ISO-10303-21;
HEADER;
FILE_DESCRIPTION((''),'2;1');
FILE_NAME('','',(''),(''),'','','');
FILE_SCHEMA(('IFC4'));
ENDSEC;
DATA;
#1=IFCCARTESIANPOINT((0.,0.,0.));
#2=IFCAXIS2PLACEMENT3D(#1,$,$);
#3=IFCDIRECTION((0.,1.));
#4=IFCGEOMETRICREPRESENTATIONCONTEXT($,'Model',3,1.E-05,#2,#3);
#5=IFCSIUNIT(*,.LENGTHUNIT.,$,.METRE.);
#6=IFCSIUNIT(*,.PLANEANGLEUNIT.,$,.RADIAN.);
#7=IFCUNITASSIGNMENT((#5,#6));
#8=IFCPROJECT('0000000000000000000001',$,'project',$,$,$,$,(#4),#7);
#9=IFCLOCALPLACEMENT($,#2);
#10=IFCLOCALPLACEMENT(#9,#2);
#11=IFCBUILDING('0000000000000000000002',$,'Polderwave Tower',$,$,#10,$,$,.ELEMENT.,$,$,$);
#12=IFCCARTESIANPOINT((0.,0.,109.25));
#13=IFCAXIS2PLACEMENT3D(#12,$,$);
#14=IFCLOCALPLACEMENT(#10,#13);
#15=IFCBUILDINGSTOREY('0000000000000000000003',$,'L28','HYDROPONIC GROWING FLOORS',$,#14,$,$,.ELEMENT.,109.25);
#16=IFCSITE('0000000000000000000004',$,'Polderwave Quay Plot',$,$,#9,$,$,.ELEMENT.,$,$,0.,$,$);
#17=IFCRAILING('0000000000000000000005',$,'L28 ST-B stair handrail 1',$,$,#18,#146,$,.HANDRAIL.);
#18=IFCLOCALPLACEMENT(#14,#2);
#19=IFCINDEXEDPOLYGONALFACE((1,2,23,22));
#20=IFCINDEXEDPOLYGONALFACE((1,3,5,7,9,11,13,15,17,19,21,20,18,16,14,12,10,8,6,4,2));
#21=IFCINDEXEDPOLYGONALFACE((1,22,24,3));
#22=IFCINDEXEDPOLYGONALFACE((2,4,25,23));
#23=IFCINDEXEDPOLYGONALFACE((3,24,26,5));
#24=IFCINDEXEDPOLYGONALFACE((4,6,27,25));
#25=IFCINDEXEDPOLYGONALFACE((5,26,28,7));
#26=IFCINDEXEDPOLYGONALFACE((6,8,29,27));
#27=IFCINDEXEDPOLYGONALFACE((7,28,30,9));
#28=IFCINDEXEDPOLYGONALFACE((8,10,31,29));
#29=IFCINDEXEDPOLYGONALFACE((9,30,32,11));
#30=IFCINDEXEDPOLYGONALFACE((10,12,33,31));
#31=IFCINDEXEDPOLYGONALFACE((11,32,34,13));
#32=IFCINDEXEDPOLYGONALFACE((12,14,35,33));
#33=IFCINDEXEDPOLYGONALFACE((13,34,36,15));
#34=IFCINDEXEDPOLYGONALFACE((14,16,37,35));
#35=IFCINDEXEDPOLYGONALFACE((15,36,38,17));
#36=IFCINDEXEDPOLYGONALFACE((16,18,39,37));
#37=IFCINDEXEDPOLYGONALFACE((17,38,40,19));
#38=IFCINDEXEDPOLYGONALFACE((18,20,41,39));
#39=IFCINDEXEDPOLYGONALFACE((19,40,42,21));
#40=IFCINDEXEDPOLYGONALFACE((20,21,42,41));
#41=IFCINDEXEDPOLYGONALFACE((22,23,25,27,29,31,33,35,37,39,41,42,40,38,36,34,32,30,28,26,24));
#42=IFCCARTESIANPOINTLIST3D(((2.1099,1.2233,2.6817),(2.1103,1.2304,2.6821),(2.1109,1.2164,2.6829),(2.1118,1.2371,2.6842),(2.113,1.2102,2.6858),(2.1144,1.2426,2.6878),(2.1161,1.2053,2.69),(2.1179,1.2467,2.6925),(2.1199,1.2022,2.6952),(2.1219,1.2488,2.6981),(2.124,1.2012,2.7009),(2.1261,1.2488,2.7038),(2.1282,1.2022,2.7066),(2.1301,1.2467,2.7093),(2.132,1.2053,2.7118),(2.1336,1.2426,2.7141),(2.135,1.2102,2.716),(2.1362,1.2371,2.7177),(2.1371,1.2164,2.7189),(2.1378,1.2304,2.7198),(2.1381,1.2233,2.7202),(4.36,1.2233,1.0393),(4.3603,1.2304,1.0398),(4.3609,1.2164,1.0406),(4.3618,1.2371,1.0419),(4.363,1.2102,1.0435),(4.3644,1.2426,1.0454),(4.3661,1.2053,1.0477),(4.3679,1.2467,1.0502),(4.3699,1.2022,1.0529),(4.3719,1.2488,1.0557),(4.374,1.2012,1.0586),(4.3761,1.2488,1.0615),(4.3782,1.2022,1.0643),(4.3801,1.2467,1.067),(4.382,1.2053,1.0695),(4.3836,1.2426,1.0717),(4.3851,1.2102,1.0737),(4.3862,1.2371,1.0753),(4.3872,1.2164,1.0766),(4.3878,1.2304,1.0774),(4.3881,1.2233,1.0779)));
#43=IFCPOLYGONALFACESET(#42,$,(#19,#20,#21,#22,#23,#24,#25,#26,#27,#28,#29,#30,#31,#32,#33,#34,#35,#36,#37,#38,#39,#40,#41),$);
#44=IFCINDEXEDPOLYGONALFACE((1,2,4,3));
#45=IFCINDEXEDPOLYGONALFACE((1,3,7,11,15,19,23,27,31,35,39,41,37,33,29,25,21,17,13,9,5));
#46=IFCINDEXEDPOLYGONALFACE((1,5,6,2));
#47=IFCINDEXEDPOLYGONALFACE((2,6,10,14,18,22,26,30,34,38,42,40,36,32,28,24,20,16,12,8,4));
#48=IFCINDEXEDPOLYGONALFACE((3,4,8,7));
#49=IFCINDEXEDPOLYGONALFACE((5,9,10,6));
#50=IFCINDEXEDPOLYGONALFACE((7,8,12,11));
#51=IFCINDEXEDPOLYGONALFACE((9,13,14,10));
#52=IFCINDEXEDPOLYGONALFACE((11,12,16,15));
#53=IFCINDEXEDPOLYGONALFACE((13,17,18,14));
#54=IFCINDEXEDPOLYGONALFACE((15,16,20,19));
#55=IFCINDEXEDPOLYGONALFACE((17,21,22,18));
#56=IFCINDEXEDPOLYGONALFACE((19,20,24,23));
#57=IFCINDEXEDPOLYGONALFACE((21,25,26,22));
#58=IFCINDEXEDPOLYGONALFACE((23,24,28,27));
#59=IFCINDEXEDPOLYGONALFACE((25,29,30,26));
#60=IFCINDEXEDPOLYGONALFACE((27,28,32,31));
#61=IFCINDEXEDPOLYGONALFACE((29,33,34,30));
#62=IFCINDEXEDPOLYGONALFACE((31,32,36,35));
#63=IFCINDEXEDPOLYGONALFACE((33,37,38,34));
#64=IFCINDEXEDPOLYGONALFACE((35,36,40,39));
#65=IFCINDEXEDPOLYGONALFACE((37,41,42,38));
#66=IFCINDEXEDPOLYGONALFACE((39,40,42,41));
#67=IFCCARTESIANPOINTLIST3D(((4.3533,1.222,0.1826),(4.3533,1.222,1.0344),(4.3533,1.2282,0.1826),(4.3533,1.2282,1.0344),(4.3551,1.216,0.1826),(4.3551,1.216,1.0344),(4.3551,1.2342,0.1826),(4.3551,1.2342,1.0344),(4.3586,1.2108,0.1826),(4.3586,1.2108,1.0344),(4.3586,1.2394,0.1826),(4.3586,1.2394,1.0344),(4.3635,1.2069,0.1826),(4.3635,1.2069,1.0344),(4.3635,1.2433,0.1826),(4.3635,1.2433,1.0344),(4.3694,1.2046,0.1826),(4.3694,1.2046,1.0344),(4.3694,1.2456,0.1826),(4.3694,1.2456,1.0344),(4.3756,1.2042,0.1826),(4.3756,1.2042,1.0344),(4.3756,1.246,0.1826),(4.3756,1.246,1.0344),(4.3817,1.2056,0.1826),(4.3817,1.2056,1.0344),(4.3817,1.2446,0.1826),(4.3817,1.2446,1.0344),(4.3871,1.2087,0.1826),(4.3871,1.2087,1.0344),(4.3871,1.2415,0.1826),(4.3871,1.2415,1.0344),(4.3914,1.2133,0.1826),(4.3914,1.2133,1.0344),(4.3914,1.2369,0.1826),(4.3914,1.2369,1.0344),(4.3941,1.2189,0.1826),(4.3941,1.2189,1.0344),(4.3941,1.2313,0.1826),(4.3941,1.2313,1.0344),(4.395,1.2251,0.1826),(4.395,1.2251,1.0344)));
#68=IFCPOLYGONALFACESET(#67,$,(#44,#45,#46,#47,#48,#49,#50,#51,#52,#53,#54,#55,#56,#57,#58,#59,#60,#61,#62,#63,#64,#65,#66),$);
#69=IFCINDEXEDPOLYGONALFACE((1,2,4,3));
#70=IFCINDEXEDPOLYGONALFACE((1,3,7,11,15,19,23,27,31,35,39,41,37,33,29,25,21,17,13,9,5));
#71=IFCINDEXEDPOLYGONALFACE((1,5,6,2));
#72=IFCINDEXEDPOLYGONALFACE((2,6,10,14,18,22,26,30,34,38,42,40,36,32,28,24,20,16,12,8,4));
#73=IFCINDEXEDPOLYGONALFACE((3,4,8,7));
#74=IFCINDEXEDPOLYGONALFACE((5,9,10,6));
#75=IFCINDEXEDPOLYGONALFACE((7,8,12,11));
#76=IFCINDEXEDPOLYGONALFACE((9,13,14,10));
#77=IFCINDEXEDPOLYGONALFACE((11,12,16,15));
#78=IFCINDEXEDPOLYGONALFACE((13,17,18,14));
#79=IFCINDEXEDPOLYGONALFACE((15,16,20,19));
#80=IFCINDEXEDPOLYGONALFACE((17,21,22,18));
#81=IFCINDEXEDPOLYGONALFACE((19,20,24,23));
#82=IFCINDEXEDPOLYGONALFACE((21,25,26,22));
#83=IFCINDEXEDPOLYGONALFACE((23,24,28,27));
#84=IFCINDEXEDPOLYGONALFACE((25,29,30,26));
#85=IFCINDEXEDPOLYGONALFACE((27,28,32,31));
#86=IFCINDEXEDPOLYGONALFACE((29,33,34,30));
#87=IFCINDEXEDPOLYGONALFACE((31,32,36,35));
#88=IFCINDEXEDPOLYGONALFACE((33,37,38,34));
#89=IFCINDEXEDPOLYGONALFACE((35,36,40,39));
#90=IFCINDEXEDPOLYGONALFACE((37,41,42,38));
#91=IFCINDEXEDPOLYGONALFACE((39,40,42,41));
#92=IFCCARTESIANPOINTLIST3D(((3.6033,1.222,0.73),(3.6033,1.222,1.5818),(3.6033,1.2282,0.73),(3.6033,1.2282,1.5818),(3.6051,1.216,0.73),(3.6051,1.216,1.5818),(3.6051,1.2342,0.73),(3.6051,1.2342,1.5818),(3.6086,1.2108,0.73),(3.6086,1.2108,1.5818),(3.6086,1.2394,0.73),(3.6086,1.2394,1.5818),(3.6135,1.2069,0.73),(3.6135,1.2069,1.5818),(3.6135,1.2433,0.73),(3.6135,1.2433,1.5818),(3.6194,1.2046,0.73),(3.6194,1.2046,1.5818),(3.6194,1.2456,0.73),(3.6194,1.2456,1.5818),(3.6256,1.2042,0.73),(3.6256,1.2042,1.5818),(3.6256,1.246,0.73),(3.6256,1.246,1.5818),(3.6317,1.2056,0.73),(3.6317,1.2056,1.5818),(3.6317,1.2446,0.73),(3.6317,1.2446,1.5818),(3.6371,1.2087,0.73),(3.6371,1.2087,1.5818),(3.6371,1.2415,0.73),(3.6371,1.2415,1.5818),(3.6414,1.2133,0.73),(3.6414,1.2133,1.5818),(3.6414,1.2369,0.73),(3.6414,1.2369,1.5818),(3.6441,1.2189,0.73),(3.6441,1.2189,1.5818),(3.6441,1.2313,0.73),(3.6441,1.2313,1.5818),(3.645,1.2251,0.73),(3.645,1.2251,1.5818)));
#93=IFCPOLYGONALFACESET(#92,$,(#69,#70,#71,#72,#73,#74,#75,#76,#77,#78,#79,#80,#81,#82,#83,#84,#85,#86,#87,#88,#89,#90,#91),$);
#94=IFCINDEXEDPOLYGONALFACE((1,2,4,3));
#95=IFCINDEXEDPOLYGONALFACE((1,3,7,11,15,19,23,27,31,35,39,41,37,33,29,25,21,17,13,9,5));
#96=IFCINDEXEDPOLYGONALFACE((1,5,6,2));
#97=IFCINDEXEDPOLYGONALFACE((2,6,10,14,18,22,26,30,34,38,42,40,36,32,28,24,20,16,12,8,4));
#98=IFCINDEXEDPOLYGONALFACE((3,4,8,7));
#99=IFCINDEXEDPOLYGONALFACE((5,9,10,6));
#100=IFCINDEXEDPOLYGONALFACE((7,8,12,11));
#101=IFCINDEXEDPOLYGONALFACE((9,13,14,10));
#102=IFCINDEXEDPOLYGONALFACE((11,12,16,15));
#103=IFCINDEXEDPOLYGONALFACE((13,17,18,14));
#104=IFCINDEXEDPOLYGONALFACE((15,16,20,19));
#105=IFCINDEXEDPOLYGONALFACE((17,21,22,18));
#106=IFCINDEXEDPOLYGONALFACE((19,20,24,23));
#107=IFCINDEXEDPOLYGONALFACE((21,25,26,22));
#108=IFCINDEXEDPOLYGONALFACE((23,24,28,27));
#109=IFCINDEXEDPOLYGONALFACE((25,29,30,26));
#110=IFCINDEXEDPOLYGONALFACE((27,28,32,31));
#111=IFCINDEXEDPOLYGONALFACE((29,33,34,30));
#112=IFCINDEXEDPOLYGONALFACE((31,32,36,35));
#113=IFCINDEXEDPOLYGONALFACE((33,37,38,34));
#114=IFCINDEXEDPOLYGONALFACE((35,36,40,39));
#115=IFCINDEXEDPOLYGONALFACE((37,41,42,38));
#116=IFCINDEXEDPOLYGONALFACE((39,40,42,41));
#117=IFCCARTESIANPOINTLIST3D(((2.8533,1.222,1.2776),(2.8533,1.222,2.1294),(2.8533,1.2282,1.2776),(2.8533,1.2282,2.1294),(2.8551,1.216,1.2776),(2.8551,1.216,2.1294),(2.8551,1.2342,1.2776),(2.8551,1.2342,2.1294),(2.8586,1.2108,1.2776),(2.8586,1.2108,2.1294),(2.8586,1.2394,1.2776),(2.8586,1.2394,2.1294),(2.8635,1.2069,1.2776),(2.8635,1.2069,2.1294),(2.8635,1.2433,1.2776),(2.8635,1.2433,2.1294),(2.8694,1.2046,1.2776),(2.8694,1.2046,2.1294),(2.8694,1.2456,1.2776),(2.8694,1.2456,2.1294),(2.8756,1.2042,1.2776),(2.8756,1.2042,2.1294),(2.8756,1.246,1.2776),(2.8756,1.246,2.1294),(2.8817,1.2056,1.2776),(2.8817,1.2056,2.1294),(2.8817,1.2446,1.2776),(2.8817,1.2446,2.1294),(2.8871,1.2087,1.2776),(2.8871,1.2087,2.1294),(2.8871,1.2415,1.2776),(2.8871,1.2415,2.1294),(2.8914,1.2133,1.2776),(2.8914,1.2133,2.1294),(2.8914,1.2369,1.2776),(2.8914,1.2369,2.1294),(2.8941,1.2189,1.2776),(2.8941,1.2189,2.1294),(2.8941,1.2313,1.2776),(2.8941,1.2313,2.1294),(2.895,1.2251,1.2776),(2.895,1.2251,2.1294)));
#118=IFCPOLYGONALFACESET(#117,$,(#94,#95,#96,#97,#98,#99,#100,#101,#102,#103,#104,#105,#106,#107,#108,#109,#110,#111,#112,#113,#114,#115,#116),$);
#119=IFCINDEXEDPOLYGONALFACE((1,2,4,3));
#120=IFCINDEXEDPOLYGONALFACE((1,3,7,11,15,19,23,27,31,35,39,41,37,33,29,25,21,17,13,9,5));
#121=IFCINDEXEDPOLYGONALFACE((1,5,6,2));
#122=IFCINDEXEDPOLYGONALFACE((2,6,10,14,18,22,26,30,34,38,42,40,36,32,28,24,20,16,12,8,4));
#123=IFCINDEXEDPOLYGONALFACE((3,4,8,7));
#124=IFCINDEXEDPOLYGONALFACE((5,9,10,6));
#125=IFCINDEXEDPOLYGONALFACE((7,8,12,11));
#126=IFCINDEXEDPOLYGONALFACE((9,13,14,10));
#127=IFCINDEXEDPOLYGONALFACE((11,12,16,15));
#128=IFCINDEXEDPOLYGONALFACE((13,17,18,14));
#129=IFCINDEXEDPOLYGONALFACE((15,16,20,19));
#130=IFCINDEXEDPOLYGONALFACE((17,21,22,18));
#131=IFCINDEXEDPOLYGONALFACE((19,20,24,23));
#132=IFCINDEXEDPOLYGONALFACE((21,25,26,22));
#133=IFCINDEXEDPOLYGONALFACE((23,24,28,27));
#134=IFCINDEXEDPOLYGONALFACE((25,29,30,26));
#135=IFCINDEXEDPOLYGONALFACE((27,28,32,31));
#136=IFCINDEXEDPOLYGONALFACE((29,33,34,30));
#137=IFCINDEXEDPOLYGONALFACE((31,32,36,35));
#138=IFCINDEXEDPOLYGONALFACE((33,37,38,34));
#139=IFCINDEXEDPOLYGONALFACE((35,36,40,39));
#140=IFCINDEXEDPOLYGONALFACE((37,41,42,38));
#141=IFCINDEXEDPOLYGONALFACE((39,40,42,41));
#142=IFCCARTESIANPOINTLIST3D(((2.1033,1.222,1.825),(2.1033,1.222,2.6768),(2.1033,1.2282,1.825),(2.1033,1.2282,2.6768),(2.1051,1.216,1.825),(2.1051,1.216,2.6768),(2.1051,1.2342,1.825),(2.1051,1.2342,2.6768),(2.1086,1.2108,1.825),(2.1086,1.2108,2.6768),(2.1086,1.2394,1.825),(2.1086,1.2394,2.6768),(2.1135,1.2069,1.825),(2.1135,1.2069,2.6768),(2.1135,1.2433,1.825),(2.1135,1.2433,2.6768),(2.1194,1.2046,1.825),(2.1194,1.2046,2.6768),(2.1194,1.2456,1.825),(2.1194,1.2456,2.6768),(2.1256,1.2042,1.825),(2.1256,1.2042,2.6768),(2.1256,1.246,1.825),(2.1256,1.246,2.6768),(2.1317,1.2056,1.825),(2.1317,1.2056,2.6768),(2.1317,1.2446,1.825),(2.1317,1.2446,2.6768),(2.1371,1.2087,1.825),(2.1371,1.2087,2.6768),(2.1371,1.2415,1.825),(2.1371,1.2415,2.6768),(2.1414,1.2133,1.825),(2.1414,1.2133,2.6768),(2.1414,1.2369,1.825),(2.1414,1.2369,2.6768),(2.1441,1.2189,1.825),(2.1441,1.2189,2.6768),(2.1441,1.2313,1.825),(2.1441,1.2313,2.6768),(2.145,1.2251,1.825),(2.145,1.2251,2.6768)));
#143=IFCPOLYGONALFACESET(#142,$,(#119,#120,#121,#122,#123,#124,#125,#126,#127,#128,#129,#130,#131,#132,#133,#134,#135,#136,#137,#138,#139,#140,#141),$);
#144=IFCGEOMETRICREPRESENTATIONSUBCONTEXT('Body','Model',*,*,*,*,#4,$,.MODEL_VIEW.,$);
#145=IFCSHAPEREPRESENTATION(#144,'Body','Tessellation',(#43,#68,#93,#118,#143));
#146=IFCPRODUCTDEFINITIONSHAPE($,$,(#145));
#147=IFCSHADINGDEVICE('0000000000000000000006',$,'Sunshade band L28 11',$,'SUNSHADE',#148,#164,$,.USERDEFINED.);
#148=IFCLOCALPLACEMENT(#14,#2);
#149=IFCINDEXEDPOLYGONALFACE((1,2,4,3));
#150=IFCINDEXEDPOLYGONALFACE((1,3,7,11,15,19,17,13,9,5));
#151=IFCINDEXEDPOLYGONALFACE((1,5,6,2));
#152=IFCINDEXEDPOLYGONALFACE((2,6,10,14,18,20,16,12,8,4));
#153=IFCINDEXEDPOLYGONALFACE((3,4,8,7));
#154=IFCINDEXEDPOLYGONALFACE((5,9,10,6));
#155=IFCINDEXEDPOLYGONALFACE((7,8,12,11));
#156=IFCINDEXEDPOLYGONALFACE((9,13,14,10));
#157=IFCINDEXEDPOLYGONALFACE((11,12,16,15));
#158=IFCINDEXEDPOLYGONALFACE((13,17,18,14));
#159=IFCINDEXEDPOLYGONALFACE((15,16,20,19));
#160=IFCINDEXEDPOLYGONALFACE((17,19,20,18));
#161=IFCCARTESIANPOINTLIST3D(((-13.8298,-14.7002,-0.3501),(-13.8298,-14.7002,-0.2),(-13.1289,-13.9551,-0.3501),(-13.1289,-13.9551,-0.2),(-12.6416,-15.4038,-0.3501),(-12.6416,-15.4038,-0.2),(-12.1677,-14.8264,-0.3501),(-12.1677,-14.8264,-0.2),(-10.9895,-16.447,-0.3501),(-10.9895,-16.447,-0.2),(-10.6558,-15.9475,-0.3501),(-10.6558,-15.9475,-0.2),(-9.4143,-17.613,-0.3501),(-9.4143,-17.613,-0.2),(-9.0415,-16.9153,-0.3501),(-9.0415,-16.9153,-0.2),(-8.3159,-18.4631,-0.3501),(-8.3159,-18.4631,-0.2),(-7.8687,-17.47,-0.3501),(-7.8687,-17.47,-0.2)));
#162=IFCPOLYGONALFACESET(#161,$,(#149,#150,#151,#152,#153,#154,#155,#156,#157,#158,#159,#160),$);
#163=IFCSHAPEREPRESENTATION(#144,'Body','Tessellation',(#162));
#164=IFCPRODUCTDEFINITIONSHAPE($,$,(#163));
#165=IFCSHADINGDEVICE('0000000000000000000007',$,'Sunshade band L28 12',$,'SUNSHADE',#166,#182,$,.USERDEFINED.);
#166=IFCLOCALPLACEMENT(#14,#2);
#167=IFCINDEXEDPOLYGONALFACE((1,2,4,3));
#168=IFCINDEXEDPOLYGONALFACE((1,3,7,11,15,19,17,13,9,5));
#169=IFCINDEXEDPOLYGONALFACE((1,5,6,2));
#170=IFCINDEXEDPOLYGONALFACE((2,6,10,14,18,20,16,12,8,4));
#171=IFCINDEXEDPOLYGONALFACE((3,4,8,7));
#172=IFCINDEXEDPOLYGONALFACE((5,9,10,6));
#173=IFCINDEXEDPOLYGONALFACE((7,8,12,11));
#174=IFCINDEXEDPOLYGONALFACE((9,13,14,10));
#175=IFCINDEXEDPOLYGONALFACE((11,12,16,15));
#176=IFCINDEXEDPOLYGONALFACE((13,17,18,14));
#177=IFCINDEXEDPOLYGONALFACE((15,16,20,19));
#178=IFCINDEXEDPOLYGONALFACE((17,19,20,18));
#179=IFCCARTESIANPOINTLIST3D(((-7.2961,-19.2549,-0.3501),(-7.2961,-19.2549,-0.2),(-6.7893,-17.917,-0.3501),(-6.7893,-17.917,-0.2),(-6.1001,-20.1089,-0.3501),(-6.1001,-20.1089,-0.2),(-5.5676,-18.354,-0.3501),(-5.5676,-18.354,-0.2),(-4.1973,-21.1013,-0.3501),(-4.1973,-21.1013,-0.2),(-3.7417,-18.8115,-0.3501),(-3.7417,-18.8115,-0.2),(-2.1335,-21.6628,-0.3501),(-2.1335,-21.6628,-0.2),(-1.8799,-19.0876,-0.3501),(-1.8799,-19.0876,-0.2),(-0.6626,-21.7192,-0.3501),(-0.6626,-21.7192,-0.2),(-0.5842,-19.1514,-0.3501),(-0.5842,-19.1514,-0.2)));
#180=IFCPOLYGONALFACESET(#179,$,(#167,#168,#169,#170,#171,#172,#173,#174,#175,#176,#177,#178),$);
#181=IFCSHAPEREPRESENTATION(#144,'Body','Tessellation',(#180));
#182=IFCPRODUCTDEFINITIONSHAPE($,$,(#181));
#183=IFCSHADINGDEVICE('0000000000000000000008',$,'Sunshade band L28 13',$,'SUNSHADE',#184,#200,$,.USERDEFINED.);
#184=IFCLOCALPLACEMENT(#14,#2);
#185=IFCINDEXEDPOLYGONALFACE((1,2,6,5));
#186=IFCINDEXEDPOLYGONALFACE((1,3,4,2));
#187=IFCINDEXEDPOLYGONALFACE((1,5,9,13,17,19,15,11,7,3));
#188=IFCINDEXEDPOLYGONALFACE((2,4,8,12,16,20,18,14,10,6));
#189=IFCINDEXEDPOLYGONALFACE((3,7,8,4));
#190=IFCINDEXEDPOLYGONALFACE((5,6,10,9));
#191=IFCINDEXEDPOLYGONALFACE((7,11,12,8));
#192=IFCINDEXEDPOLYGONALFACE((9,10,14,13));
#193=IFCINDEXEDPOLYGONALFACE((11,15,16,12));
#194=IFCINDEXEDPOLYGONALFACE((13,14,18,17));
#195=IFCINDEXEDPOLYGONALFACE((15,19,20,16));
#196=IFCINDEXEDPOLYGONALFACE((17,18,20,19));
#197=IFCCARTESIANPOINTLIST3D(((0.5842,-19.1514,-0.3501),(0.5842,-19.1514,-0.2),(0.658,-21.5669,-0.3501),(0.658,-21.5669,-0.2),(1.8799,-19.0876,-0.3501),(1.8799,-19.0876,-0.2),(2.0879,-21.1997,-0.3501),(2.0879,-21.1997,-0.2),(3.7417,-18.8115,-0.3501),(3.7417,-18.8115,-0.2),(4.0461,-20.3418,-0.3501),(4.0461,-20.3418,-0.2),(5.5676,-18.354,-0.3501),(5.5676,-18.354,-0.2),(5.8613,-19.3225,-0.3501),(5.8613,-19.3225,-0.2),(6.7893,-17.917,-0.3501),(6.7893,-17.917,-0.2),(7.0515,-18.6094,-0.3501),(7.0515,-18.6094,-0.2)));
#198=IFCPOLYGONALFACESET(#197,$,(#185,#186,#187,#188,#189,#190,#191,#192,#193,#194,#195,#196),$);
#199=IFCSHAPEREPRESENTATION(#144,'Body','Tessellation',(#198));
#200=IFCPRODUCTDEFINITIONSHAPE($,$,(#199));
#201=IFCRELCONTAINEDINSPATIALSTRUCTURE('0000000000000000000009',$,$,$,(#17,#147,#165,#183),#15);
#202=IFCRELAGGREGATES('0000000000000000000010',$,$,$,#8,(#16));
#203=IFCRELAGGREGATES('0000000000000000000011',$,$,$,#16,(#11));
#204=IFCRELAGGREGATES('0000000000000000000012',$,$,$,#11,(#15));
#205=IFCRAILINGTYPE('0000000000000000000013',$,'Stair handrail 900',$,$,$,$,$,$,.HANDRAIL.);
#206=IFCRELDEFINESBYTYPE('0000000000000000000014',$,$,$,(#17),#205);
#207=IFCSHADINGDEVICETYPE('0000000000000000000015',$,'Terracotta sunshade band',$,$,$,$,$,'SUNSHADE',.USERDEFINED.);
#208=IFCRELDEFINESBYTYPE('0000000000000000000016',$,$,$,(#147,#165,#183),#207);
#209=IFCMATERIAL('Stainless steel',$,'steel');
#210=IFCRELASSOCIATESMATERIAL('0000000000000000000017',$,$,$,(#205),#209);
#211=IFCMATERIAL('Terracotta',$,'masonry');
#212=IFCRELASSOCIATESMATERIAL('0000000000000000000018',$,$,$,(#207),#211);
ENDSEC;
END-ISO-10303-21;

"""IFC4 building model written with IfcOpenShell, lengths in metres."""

from ifc_helpers import new_model, si_unit, direction, frame, origin, origin_2d, place, context, subcontext, project, spatial, polyline, circle, outline, extrude, material, type_object, element, save


model = new_model("IFC4")

# Units and contexts
model_context = context("Model", 3, precision=1e-05, world=origin(), true_north=direction((0.0, 1.0)))
body_context = subcontext(model_context, "Body", "Model", "MODEL_VIEW")
ifc_project = project(units=[si_unit("LENGTHUNIT", "METRE"), si_unit("PLANEANGLEUNIT", "RADIAN")], contexts=[model_context])

# Site, building, storey
site_placement = place(None, origin())
site = spatial("IfcSite", under=ifc_project, at=site_placement, Name="Polderwave Quay Plot", CompositionType="ELEMENT", RefElevation=0.0)
building_placement = place(site_placement, origin())
building = spatial("IfcBuilding", under=site, at=building_placement, Name="Polderwave Tower", CompositionType="ELEMENT")
storey_placement = place(building_placement, frame((0.0, 0.0, 109.25)))
storey = spatial("IfcBuildingStorey", under=building, at=storey_placement, Name="L28", Description="HYDROPONIC GROWING FLOORS", CompositionType="ELEMENT", Elevation=109.25)

# Railing
ifc_material_1 = material(Name="Stainless steel", Category="steel")
railing_type_1 = type_object("IfcRailingType", Name="Stair handrail 900", PredefinedType="HANDRAIL", material=ifc_material_1)
railing_1_placement = place(storey_placement, frame((4.374, 1.2251, 0.1826)))
element("IfcRailing", 1, at=railing_1_placement, inside=storey, type_object=railing_type_1, Name="L28 ST-B stair handrail 1", PredefinedType="HANDRAIL", context=body_context, shape_type="SweptSolid", body=[
    extrude(circle(Radius=0.0239, at=origin_2d()), frame((0.0, 0.0, 0.876), z_axis=(-0.807715, 0.0, 0.589573), x_axis=(0.0, -1.0, 0.0)), (0.0, 0.0, 1.0), 2.7856),
    extrude(circle(Radius=0.021, at=origin_2d()), origin(), (0.0, 0.0, 1.0), 0.8518),
    extrude(circle(Radius=0.021, at=origin_2d()), frame((-0.75, 0.0, 0.5474)), (0.0, 0.0, 1.0), 0.8518),
    extrude(circle(Radius=0.021, at=origin_2d()), frame((-1.5, 0.0, 1.095)), (0.0, 0.0, 1.0), 0.8518),
    extrude(circle(Radius=0.021, at=origin_2d()), frame((-2.25, 0.0, 1.6423)), (0.0, 0.0, 1.0), 0.8518),
])

# Shading devices
ifc_material_2 = material(Name="Terracotta", Category="masonry")
shading_device_type = type_object("IfcShadingDeviceType", Name="Terracotta sunshade band", ElementType="SUNSHADE", PredefinedType="USERDEFINED", material=ifc_material_2)
shading_device_1_placement = place(storey_placement, frame((0.0, 0.0, -0.3501)))
element("IfcShadingDevice", 2, at=shading_device_1_placement, inside=storey, type_object=shading_device_type, Name="Sunshade band L28 11", ObjectType="SUNSHADE", PredefinedType="USERDEFINED", context=body_context, shape_type="SweptSolid", body=[
    extrude(outline(polyline([(-13.1289, -13.9551), (-12.1677, -14.8264), (-10.6558, -15.9475), (-9.0415, -16.9153), (-7.8687, -17.47), (-8.3159, -18.4631), (-9.4143, -17.613), (-10.9895, -16.447), (-12.6416, -15.4038), (-13.8298, -14.7002), (-13.1289, -13.9551)])), origin(), (0.0, 0.0, 1.0), 0.1501),
])
shading_device_2_placement = place(storey_placement, frame((0.0, 0.0, -0.3501)))
element("IfcShadingDevice", 3, at=shading_device_2_placement, inside=storey, type_object=shading_device_type, Name="Sunshade band L28 12", ObjectType="SUNSHADE", PredefinedType="USERDEFINED", context=body_context, shape_type="SweptSolid", body=[
    extrude(outline(polyline([(-6.7893, -17.917), (-5.5676, -18.354), (-3.7417, -18.8115), (-1.8799, -19.0876), (-0.5842, -19.1514), (-0.6626, -21.7192), (-2.1335, -21.6628), (-4.1973, -21.1013), (-6.1001, -20.1089), (-7.2961, -19.2549), (-6.7893, -17.917)])), origin(), (0.0, 0.0, 1.0), 0.1501),
])
shading_device_3_placement = place(storey_placement, frame((0.0, 0.0, -0.3501)))
element("IfcShadingDevice", 4, at=shading_device_3_placement, inside=storey, type_object=shading_device_type, Name="Sunshade band L28 13", ObjectType="SUNSHADE", PredefinedType="USERDEFINED", context=body_context, shape_type="SweptSolid", body=[
    extrude(outline(polyline([(0.5842, -19.1514), (1.8799, -19.0876), (3.7417, -18.8115), (5.5676, -18.354), (6.7893, -17.917), (7.0515, -18.6094), (5.8613, -19.3225), (4.0461, -20.3418), (2.0879, -21.1997), (0.658, -21.5669), (0.5842, -19.1514)])), origin(), (0.0, 0.0, 1.0), 0.1501),
])

save(model, "model.ifc")
